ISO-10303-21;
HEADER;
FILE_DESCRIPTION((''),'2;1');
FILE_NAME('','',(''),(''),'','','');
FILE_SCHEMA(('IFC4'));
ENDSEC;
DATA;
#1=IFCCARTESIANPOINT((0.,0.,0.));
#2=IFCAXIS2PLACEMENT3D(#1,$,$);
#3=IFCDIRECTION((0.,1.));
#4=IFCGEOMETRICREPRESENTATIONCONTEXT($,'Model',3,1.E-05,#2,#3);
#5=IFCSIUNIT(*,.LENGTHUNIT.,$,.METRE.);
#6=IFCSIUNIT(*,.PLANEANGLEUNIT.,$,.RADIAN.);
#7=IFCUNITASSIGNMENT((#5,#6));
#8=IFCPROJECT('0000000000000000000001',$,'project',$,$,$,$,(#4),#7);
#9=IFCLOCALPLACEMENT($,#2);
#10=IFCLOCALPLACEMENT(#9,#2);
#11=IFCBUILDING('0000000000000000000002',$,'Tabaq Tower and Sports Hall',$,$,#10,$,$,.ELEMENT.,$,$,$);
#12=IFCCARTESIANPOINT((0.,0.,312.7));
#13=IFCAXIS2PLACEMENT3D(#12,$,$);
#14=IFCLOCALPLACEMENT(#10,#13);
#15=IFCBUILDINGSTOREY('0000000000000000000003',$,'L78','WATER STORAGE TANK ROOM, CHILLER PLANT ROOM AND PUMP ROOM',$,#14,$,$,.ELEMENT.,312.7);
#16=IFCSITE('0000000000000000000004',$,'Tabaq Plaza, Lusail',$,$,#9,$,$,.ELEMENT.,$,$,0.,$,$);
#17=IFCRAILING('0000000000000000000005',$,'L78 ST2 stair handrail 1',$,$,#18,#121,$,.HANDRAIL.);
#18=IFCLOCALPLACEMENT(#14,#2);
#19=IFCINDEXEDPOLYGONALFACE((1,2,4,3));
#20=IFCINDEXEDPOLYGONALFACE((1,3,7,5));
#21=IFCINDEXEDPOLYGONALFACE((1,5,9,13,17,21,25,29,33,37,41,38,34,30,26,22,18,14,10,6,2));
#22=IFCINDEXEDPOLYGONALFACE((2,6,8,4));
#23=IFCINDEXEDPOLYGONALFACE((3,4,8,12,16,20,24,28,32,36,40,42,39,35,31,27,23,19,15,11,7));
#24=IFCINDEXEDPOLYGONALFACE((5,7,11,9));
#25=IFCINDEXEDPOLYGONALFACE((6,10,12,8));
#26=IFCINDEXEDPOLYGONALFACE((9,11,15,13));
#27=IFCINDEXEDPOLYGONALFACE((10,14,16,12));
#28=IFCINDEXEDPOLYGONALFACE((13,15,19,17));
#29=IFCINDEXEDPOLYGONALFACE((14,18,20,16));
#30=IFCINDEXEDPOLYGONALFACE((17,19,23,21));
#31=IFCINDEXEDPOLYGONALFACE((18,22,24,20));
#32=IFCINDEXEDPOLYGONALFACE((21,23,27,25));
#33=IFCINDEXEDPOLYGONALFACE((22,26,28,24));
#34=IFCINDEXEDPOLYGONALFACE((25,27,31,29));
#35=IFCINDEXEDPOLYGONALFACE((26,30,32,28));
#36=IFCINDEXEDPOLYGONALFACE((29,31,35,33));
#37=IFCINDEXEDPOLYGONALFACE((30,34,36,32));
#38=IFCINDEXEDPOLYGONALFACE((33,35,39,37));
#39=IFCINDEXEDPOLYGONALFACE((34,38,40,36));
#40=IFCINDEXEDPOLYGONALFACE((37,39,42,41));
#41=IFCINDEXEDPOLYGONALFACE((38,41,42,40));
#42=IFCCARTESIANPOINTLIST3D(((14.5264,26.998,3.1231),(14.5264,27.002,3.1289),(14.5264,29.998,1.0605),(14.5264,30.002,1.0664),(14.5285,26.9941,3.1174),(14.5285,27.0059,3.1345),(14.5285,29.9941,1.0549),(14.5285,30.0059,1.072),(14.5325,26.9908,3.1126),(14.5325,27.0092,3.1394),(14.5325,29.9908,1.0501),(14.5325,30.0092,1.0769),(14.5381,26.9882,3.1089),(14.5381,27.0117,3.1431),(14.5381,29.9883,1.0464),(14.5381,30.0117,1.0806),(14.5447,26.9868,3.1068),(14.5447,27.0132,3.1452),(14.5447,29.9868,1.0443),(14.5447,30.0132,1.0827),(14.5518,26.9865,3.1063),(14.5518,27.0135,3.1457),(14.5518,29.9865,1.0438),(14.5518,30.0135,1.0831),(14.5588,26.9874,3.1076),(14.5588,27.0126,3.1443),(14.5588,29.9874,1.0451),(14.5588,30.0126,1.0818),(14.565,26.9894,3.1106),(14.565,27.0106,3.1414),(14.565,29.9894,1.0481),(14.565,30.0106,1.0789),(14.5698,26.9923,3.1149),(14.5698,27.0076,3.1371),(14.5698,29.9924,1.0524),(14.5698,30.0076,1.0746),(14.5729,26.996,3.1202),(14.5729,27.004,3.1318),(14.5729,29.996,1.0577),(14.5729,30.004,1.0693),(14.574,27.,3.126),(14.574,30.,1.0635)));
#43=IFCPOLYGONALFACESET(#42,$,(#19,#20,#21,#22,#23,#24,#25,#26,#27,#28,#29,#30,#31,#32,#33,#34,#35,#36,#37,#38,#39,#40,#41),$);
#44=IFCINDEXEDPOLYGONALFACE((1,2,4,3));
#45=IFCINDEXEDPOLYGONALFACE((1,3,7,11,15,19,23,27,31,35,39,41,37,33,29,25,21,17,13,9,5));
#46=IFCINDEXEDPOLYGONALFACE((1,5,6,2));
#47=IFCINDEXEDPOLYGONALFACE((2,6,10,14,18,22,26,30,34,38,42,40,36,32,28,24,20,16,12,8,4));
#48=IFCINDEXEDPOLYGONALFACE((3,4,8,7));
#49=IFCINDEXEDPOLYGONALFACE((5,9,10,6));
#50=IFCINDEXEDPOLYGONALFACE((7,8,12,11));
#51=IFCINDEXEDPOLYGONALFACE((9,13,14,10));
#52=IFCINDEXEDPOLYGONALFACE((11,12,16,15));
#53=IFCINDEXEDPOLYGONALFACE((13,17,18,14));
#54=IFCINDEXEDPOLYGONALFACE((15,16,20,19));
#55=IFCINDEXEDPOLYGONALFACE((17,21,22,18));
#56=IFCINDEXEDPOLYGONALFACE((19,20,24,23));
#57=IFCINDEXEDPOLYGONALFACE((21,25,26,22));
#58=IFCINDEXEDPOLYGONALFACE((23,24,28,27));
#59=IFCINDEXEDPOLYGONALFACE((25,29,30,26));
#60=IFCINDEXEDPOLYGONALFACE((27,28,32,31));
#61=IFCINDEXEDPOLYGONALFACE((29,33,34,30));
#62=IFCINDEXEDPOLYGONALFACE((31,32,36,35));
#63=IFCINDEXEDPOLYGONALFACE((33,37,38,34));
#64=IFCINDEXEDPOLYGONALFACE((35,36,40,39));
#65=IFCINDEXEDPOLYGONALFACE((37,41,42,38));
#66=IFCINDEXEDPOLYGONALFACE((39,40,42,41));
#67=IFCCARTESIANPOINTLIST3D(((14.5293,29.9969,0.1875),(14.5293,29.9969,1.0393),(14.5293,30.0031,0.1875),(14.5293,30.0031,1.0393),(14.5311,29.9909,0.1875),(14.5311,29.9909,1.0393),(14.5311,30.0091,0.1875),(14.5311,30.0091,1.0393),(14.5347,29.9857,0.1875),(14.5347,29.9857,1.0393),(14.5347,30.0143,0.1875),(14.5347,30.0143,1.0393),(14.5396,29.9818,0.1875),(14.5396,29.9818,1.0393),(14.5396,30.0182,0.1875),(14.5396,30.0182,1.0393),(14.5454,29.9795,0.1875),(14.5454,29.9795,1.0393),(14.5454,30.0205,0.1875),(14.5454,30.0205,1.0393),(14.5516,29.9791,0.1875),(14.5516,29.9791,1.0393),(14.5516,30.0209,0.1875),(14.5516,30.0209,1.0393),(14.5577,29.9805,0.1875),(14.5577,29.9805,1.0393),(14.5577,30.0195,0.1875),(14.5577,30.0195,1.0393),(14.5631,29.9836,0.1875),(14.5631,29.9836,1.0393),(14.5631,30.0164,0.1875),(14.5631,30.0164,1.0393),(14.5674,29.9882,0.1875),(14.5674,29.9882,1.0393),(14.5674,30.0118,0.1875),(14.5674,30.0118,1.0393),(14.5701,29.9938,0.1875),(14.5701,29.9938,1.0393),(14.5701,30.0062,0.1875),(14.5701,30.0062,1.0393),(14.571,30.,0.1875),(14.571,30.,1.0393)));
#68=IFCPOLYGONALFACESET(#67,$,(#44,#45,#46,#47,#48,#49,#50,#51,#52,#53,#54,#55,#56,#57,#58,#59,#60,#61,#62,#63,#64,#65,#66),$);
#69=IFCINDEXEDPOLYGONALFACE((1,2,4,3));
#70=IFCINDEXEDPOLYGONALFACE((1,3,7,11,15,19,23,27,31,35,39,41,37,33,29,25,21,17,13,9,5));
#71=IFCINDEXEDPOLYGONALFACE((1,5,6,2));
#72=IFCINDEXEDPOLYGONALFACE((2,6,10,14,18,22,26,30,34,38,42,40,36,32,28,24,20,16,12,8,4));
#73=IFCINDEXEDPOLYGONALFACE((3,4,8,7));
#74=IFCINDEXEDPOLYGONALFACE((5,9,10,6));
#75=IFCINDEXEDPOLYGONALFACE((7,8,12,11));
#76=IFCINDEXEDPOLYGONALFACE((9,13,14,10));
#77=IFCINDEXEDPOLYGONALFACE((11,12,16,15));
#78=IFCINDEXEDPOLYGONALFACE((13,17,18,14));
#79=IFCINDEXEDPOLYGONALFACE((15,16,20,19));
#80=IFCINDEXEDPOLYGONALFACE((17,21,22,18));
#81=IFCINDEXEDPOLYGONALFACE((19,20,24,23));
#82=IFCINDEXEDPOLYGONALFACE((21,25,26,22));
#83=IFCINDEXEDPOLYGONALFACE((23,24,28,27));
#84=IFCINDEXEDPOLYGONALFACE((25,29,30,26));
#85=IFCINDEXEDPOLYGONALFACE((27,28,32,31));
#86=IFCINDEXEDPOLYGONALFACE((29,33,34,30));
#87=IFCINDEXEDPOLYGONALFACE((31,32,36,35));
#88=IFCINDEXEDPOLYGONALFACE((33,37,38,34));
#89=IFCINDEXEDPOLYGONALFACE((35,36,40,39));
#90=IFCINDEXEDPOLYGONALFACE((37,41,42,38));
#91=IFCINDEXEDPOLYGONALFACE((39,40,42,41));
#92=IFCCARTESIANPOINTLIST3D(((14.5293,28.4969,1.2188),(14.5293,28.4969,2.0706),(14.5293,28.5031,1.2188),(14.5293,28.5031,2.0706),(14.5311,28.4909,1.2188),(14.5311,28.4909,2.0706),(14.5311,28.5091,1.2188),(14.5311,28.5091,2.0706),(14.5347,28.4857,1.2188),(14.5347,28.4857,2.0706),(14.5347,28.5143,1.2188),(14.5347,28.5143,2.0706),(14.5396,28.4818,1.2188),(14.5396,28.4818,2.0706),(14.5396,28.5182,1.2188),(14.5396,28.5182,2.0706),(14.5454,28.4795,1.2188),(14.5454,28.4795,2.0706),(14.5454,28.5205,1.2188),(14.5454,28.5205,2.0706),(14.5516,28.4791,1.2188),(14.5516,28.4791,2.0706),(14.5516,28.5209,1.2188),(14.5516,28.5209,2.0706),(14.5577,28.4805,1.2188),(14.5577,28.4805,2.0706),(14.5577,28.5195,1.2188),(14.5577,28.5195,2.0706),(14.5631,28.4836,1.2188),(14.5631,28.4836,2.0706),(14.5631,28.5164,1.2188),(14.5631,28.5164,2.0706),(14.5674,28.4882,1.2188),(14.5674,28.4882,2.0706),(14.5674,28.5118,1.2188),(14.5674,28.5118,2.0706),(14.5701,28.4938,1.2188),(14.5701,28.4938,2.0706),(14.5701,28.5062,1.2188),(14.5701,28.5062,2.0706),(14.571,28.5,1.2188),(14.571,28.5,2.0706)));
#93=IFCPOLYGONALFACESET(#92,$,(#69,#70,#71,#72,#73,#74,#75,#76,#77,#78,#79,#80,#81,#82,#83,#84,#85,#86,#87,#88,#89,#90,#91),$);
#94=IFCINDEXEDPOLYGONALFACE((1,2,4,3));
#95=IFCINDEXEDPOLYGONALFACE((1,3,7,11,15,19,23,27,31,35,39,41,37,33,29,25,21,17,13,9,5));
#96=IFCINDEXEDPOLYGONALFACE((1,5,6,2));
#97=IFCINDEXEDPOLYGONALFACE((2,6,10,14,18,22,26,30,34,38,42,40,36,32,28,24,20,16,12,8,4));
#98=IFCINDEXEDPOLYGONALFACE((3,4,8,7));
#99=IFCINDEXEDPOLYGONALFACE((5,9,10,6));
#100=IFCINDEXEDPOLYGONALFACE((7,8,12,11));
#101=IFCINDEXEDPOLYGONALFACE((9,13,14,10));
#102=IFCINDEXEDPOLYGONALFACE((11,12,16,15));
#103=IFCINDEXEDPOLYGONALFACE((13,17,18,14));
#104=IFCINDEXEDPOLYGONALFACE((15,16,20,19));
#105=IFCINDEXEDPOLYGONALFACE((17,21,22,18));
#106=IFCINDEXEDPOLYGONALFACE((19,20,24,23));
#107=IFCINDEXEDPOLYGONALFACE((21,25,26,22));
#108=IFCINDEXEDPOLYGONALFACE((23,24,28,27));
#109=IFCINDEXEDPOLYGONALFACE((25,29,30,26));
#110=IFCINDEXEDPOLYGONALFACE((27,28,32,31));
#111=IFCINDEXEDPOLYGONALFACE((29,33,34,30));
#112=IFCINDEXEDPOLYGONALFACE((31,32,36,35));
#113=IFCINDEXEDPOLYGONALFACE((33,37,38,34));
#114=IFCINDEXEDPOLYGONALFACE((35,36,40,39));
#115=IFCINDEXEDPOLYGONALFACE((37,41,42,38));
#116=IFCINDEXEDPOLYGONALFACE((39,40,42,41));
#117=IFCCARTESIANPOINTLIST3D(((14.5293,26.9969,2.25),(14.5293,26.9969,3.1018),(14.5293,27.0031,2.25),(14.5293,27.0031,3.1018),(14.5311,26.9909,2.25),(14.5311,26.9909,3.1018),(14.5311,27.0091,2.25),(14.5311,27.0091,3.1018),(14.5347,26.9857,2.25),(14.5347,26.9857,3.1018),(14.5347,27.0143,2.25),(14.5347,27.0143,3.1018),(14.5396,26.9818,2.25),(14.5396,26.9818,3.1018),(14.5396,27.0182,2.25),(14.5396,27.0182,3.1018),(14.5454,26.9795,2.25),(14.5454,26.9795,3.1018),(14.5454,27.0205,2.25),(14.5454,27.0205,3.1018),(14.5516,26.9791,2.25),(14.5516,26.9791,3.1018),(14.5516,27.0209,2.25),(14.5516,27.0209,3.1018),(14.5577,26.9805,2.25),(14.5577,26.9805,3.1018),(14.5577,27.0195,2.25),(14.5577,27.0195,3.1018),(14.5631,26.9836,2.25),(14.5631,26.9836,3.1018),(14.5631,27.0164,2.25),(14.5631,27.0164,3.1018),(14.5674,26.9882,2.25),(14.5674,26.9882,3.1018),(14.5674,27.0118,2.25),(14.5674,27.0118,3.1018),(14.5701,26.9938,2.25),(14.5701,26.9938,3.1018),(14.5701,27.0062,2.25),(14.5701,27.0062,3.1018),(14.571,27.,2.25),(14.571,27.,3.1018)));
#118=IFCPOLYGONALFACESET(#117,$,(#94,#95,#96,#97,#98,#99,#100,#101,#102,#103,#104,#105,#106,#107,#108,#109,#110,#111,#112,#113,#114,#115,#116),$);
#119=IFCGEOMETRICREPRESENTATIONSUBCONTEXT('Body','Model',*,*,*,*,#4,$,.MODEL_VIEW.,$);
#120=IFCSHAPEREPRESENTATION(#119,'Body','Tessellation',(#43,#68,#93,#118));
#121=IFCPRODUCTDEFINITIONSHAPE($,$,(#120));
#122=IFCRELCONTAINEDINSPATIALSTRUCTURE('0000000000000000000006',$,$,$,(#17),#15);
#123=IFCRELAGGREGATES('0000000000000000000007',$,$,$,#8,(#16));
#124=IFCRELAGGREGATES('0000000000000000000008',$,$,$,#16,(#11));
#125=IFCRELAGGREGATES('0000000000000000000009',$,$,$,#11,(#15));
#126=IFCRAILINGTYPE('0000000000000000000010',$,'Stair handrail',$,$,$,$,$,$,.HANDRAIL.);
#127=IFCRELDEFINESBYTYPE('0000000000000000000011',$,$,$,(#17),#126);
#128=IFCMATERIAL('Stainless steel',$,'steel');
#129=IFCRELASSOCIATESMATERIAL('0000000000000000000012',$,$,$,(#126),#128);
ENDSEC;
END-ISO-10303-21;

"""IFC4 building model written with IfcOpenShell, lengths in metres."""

from ifc_helpers import new_model, si_unit, direction, frame, origin, origin_2d, place, context, subcontext, project, spatial, circle, extrude, material, type_object, element, save


model = new_model("IFC4")

# Units and contexts
model_context = context("Model", 3, precision=1e-05, world=origin(), true_north=direction((0.0, 1.0)))
body_context = subcontext(model_context, "Body", "Model", "MODEL_VIEW")
ifc_project = project(units=[si_unit("LENGTHUNIT", "METRE"), si_unit("PLANEANGLEUNIT", "RADIAN")], contexts=[model_context])

# Site, building, storey
site_placement = place(None, origin())
site = spatial("IfcSite", under=ifc_project, at=site_placement, Name="Tabaq Plaza, Lusail", CompositionType="ELEMENT", RefElevation=0.0)
building_placement = place(site_placement, origin())
building = spatial("IfcBuilding", under=site, at=building_placement, Name="Tabaq Tower and Sports Hall", CompositionType="ELEMENT")
storey_placement = place(building_placement, frame((0.0, 0.0, 312.7)))
storey = spatial("IfcBuildingStorey", under=building, at=storey_placement, Name="L78", Description="WATER STORAGE TANK ROOM, CHILLER PLANT ROOM AND PUMP ROOM", CompositionType="ELEMENT", Elevation=312.7)

# Railing
ifc_material_1 = material(Name="Stainless steel", Category="steel")
railing_type_1 = type_object("IfcRailingType", Name="Stair handrail", PredefinedType="HANDRAIL", material=ifc_material_1)
railing_1_placement = place(storey_placement, frame((14.55, 30.0, 0.1875)))
element("IfcRailing", 1, at=railing_1_placement, inside=storey, type_object=railing_type_1, Name="L78 ST2 stair handrail 1", PredefinedType="HANDRAIL", context=body_context, shape_type="SweptSolid", body=[
    extrude(circle(Radius=0.0239, at=origin_2d()), frame((0.0, 0.0, 0.876), z_axis=(0.0, -0.824042, 0.566529), x_axis=(1.0, 0.0, 0.0)), (0.0, 0.0, 1.0), 3.6406),
    extrude(circle(Radius=0.021, at=origin_2d()), origin(), (0.0, 0.0, 1.0), 0.8518),
    extrude(circle(Radius=0.021, at=origin_2d()), frame((0.0, -1.5, 1.0312)), (0.0, 0.0, 1.0), 0.8518),
    extrude(circle(Radius=0.021, at=origin_2d()), frame((0.0, -3.0, 2.0625)), (0.0, 0.0, 1.0), 0.8518),
])

save(model, "model.ifc")
